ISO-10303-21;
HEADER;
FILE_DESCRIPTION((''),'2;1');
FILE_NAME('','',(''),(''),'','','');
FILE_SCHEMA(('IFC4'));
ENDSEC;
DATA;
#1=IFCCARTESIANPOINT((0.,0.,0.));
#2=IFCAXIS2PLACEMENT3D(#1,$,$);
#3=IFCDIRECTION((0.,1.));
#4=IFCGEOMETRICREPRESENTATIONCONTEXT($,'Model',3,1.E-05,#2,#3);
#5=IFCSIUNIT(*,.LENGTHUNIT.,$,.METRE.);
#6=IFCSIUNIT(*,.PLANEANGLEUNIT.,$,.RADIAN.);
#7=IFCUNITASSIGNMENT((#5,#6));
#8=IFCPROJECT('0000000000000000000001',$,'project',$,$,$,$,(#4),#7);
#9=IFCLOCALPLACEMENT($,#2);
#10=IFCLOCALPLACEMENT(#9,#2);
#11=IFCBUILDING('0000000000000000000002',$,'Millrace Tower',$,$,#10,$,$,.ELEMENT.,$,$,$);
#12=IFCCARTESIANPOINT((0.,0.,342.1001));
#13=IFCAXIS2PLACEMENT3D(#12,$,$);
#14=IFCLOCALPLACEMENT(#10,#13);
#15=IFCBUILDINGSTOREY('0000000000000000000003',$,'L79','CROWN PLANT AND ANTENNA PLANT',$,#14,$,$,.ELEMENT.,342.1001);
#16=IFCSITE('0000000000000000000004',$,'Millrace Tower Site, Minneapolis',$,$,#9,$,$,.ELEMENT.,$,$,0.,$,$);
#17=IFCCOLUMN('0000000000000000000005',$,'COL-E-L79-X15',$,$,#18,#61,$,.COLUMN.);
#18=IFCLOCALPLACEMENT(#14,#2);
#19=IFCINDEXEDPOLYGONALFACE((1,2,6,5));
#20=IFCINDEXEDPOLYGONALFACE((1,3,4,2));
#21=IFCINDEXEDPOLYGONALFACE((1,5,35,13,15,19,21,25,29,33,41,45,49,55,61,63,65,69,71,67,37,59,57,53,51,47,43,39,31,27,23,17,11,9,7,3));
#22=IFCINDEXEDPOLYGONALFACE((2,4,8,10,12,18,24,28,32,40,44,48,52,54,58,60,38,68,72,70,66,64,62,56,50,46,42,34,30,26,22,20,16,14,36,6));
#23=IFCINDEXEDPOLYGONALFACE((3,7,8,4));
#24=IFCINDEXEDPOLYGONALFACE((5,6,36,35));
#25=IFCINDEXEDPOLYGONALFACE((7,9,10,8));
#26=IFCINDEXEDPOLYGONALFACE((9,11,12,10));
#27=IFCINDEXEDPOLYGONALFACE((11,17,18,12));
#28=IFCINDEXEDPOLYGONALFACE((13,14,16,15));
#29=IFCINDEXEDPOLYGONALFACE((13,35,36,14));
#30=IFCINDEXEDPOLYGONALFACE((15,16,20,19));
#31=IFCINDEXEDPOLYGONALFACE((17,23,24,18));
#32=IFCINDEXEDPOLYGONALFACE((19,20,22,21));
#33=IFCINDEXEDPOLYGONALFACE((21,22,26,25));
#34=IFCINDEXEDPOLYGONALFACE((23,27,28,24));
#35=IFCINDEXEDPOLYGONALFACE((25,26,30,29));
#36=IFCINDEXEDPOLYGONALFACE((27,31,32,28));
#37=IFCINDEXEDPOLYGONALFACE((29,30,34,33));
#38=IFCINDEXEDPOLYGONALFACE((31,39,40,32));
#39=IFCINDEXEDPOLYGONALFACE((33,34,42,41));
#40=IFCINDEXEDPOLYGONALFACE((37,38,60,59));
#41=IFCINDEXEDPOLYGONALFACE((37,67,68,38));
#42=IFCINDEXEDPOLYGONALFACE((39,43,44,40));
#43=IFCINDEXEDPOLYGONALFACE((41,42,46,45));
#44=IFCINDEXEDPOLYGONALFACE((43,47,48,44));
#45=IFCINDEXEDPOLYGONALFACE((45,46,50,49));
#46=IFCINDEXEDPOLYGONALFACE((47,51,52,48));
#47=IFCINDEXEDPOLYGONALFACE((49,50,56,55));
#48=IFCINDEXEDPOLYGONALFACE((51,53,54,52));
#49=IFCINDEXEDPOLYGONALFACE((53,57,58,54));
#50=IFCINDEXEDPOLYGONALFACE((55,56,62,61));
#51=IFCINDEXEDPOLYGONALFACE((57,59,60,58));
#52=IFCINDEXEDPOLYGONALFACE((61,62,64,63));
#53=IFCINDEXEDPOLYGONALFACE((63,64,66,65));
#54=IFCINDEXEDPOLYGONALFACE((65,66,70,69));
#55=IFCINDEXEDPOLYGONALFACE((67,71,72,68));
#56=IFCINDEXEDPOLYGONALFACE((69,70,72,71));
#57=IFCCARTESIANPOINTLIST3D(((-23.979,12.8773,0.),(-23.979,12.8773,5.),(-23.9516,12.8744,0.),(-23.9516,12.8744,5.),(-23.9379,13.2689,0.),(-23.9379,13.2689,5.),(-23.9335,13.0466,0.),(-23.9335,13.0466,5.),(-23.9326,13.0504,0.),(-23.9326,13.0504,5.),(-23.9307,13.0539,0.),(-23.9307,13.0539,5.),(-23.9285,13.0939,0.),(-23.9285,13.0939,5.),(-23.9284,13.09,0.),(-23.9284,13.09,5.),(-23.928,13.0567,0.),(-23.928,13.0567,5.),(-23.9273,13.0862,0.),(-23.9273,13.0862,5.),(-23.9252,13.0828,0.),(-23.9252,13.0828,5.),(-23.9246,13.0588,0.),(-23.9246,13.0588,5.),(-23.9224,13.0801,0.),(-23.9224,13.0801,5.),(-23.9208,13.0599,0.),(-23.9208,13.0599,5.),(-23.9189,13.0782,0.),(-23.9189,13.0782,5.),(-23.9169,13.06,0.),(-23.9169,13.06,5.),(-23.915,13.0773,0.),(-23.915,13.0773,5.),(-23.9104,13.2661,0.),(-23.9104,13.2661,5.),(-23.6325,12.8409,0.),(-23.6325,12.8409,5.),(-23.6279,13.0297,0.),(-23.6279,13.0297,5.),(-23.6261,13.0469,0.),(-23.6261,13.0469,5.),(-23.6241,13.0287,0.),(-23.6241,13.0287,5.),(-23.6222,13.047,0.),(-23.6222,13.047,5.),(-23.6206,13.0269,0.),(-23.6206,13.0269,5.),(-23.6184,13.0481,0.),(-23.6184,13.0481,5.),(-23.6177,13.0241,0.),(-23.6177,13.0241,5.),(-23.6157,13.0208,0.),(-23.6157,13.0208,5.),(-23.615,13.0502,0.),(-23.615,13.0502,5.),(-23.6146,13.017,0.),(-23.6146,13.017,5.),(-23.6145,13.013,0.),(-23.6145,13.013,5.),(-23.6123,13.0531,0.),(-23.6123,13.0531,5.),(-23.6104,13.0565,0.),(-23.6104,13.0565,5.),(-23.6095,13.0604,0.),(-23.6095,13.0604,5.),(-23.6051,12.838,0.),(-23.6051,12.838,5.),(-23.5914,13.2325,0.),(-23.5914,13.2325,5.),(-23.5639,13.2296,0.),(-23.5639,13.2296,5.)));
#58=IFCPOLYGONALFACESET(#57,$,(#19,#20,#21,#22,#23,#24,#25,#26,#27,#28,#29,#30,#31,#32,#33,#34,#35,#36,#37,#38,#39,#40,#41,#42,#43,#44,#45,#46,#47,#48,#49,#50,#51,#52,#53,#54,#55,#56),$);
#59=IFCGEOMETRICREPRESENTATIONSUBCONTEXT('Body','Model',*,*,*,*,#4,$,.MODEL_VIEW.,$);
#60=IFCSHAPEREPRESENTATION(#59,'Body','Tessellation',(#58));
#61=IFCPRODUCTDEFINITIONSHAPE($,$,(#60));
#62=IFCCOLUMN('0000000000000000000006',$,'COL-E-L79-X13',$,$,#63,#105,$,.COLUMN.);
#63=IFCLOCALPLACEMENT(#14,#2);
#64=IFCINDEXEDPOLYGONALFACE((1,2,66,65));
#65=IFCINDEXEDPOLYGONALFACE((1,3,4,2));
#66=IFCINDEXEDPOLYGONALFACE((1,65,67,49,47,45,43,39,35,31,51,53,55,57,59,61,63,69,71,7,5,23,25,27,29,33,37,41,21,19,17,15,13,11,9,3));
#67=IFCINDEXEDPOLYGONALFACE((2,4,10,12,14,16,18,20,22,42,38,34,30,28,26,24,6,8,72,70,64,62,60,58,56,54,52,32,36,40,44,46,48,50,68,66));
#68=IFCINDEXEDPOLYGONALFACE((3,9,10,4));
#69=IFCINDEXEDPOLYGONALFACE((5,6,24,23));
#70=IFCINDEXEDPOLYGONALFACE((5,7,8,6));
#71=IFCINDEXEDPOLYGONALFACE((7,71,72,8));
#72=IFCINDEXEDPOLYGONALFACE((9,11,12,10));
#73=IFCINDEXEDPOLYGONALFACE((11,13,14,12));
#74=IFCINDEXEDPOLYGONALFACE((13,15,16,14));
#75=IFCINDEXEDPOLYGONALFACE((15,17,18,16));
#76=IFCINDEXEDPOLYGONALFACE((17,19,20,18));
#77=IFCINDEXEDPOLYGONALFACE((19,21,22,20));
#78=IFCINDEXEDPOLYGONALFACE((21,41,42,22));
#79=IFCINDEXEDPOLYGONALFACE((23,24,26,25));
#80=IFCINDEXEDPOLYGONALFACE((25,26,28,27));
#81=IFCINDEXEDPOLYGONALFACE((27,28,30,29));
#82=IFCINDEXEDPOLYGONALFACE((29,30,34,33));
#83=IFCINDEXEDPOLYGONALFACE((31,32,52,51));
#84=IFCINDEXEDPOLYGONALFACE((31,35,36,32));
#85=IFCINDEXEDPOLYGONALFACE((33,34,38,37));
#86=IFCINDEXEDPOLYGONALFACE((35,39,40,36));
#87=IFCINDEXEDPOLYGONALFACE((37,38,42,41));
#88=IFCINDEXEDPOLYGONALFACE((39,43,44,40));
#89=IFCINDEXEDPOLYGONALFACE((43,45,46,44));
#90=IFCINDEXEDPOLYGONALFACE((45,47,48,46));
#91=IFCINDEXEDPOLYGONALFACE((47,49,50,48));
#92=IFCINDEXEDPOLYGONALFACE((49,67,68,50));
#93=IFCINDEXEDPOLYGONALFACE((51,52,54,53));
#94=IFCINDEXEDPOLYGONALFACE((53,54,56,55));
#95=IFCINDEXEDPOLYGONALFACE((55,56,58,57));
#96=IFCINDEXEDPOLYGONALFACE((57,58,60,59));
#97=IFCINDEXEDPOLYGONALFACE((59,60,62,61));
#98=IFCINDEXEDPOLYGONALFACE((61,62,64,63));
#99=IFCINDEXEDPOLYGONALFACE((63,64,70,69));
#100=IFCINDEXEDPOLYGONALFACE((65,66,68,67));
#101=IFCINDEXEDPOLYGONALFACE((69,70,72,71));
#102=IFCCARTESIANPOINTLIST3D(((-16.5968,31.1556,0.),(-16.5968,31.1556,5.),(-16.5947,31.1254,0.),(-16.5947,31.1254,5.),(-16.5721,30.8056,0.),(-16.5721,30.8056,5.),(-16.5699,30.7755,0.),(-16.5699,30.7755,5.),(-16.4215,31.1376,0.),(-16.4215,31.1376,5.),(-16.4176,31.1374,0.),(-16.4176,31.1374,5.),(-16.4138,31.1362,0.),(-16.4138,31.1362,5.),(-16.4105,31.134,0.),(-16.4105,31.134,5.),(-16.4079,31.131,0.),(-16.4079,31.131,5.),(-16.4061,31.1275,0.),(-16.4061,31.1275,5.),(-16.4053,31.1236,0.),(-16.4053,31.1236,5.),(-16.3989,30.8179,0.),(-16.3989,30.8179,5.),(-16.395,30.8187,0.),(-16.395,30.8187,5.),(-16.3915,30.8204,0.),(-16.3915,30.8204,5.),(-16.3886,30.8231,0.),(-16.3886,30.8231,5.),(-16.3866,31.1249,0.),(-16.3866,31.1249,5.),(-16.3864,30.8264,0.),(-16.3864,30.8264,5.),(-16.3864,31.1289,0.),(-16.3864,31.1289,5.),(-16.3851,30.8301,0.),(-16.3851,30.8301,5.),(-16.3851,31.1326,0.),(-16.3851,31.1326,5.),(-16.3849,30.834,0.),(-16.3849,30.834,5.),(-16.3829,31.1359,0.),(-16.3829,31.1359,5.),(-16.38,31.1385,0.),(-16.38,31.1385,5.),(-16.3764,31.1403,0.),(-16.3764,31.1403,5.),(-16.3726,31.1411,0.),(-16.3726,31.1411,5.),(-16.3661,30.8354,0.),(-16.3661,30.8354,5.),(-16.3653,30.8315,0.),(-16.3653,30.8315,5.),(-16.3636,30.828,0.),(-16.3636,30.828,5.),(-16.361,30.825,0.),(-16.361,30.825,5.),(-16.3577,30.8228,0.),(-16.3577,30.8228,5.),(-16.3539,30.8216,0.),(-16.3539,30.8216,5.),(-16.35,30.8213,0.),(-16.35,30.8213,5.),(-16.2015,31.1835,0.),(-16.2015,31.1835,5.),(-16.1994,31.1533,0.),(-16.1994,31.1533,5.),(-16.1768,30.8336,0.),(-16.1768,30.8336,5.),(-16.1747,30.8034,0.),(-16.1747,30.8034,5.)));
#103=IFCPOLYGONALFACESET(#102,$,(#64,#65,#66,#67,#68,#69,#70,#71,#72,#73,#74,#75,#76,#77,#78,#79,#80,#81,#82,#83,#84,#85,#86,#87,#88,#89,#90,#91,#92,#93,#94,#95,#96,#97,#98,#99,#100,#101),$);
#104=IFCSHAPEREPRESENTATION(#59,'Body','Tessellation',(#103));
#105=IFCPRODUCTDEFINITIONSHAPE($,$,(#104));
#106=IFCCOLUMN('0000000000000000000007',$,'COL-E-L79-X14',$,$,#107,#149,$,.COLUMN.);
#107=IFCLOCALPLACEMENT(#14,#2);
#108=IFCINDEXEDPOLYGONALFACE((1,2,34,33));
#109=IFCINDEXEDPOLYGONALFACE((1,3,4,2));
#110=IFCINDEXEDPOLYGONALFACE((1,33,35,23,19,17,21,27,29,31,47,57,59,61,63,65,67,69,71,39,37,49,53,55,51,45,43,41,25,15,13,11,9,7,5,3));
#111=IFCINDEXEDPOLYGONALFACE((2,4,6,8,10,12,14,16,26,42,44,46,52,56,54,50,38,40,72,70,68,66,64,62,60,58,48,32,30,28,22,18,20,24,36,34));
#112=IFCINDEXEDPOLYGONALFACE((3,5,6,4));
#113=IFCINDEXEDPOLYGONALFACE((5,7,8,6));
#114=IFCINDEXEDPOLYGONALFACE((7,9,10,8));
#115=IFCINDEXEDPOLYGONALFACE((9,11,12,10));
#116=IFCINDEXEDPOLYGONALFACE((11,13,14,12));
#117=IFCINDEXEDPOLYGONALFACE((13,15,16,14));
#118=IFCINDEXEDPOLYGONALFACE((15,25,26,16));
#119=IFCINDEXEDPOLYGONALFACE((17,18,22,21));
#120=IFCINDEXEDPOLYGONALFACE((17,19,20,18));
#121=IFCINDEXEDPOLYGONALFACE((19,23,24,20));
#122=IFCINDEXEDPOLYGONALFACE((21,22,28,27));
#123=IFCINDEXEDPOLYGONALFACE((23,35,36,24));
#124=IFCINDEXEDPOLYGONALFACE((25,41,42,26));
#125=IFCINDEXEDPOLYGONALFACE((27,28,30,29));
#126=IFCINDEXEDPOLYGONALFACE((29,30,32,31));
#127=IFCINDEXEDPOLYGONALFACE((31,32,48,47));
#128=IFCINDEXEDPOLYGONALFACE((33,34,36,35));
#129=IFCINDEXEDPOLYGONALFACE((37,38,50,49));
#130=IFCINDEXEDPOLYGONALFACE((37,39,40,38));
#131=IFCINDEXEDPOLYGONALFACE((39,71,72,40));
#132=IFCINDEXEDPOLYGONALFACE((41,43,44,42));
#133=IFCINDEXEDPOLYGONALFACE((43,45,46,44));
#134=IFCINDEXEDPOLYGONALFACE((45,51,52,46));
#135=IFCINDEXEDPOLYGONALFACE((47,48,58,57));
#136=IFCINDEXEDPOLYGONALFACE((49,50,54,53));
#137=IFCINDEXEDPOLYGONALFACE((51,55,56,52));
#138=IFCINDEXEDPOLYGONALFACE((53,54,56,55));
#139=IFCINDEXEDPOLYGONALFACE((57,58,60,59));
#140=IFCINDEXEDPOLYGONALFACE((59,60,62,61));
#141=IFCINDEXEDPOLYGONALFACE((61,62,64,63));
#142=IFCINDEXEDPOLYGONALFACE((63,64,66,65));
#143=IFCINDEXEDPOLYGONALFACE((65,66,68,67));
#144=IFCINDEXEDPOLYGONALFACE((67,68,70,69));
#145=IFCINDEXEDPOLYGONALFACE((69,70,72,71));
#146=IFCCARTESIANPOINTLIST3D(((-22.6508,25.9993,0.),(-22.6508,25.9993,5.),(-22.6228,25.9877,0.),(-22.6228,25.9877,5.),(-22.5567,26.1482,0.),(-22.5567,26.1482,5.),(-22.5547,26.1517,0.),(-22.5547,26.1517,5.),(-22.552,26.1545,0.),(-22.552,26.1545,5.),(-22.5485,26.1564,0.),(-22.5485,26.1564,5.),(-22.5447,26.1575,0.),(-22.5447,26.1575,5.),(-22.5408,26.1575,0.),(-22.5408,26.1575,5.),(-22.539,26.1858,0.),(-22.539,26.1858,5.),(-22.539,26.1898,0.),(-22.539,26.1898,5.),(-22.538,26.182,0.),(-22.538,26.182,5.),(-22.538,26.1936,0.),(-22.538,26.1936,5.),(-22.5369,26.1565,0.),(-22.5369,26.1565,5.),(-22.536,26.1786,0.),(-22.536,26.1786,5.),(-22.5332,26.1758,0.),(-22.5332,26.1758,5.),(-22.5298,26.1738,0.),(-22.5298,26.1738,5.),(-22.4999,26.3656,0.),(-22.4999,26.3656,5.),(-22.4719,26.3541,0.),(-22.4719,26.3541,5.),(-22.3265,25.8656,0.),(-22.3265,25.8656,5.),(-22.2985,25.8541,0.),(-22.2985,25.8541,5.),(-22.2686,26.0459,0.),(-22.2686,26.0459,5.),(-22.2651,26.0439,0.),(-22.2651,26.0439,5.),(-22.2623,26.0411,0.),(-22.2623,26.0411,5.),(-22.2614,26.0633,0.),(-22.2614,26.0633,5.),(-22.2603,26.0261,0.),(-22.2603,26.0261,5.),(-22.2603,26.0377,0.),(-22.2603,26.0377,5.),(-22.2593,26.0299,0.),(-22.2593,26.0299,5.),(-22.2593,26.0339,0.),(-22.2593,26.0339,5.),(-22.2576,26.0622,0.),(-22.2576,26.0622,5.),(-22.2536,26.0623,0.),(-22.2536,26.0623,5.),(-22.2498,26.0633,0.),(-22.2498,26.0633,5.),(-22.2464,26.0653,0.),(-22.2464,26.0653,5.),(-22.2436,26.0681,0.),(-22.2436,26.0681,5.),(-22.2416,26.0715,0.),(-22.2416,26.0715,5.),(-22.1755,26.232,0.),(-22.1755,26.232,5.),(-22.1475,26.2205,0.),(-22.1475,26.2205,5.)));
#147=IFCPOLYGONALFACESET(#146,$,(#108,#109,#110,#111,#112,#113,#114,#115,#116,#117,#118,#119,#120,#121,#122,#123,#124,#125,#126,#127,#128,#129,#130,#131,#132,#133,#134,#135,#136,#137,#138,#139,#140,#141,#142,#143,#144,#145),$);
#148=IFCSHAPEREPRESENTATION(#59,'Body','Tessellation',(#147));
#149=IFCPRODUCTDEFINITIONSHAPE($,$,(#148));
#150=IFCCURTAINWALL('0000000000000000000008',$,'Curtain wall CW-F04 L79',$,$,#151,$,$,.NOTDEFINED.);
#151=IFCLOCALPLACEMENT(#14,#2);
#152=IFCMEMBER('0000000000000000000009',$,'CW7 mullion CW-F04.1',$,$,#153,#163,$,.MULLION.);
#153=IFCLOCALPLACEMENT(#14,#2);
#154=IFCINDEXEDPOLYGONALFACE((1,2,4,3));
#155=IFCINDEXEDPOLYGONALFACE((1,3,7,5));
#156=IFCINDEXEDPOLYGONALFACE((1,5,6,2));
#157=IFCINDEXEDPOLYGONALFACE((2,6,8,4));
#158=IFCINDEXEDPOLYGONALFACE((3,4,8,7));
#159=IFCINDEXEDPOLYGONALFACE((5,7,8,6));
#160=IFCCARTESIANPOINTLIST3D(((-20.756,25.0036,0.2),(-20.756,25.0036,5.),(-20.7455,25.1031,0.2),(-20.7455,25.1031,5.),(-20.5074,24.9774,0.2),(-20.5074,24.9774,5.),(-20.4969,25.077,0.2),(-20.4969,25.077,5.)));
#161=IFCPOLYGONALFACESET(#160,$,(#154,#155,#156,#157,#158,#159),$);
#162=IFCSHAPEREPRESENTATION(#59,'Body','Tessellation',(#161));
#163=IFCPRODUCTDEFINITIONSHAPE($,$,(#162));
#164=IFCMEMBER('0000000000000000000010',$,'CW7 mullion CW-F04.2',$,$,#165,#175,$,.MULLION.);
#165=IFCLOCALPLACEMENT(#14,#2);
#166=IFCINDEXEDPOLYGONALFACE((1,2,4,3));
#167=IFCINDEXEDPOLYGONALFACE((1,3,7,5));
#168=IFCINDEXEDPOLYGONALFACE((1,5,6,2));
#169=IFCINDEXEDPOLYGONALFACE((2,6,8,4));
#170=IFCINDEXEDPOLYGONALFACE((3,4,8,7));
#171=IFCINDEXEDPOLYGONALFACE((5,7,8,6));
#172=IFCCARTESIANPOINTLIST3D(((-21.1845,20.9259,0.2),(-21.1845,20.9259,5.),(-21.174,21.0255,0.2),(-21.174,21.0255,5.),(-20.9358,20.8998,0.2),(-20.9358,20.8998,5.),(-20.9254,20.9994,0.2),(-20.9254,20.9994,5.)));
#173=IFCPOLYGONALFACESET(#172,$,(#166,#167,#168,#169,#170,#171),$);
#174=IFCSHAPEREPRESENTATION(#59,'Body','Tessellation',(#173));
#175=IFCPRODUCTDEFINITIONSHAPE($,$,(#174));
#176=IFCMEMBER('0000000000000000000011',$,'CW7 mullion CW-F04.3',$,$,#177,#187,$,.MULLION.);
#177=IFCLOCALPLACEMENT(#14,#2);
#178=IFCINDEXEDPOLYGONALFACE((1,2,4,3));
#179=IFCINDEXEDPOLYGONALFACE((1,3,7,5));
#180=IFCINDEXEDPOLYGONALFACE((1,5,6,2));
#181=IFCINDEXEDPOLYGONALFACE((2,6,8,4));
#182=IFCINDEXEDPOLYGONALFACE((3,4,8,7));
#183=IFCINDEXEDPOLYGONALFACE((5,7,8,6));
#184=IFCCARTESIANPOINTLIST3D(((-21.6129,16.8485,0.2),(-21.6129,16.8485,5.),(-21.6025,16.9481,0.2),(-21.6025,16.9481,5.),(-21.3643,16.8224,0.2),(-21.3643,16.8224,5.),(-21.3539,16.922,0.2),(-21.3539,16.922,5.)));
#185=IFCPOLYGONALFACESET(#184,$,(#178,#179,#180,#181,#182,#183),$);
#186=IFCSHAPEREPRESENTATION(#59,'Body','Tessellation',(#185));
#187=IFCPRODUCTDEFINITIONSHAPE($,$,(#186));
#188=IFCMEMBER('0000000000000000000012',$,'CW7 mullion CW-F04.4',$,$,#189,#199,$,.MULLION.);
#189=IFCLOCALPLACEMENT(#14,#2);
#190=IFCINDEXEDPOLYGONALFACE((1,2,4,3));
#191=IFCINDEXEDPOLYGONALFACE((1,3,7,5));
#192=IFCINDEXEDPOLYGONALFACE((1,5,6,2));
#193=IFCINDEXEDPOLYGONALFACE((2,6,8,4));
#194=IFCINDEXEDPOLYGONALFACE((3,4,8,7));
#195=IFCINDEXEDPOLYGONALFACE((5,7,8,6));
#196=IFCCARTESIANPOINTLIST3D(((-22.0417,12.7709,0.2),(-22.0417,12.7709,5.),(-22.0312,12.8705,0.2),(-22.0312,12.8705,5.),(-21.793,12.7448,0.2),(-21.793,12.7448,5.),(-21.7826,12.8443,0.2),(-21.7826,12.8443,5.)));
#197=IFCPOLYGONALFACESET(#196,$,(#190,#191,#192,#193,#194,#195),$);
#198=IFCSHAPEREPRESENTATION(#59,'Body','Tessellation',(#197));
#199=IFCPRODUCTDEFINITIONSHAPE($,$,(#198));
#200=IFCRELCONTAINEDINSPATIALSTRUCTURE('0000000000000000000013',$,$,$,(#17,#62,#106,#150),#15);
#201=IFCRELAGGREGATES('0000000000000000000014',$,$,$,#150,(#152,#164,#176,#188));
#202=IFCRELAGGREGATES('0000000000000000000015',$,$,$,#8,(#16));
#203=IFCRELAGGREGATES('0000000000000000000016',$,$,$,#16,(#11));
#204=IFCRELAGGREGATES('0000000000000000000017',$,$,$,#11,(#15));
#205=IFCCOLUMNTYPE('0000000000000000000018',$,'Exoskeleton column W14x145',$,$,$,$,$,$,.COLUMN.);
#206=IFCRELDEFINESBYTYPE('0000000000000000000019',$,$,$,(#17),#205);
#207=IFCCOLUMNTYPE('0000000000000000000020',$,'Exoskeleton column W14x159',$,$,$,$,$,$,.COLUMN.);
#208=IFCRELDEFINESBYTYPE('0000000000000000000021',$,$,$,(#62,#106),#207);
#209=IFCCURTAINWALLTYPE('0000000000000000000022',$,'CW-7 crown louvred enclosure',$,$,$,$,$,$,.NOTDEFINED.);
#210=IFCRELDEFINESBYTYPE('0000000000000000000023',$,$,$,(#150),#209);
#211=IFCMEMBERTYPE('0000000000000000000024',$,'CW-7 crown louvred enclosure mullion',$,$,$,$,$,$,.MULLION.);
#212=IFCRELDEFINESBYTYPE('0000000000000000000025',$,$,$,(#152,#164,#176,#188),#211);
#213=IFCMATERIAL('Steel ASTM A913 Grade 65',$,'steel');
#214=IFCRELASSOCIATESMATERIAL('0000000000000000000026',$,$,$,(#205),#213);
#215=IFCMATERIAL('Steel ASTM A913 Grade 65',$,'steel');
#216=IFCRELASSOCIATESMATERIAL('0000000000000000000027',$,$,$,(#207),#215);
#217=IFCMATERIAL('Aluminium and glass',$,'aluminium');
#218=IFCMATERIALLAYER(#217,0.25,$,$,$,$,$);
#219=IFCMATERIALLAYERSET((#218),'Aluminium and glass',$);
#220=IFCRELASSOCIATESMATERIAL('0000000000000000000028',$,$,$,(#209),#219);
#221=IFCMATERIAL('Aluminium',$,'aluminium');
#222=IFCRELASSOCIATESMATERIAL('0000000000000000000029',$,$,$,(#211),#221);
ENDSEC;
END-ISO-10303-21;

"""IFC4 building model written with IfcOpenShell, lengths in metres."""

from ifc_helpers import new_model, si_unit, direction, frame, origin, origin_2d, place, context, subcontext, project, spatial, rectangle, i_section, extrude, material, layer, layer_set, material_profile, profile_set, type_object, element, aggregate, save


model = new_model("IFC4")

# Units and contexts
model_context = context("Model", 3, precision=1e-05, world=origin(), true_north=direction((0.0, 1.0)))
body_context = subcontext(model_context, "Body", "Model", "MODEL_VIEW")
ifc_project = project(units=[si_unit("LENGTHUNIT", "METRE"), si_unit("PLANEANGLEUNIT", "RADIAN")], contexts=[model_context])

# Site, building, storey
site_placement = place(None, origin())
site = spatial("IfcSite", under=ifc_project, at=site_placement, Name="Millrace Tower Site, Minneapolis", CompositionType="ELEMENT", RefElevation=0.0)
building_placement = place(site_placement, origin())
building = spatial("IfcBuilding", under=site, at=building_placement, Name="Millrace Tower", CompositionType="ELEMENT")
storey_placement = place(building_placement, frame((0.0, 0.0, 342.1001)))
storey = spatial("IfcBuildingStorey", under=building, at=storey_placement, Name="L79", Description="CROWN PLANT AND ANTENNA PLANT", CompositionType="ELEMENT", Elevation=342.1001)

# Columns
ifc_material_1 = material(Name="Steel ASTM A913 Grade 65", Category="steel")
ifc_material_profile_1 = material_profile(ifc_material_1, i_section(OverallWidth=0.3938, OverallDepth=0.376, WebThickness=0.0173, FlangeThickness=0.0276, FilletRadius=0.0151, at=origin_2d()))
ifc_profile_set_1 = profile_set([ifc_material_profile_1], Name="Steel ASTM A913 Grade 65")
column_type_1 = type_object("IfcColumnType", Name="Exoskeleton column W14x145", PredefinedType="COLUMN", material=ifc_profile_set_1)
column_placement = place(storey_placement, frame((-23.7715, 13.0535, 0.0), z_axis=(0.0, 0.0, 1.0), x_axis=(-0.104528, -0.994522, 0.0)))
element("IfcColumn", 1, at=column_placement, inside=storey, type_object=column_type_1, Name="COL-E-L79-X15", PredefinedType="COLUMN", context=body_context, shape_type="SweptSolid", body=[
    extrude(i_section(OverallWidth=0.3938, OverallDepth=0.376, WebThickness=0.0173, FlangeThickness=0.0276, FilletRadius=0.0151, at=origin_2d()), origin(), (0.0, 0.0, 1.0), 5.0),
])
ifc_material_2 = material(Name="Steel ASTM A913 Grade 65", Category="steel")
ifc_material_profile_2 = material_profile(ifc_material_2, i_section(OverallWidth=0.3962, OverallDepth=0.3811, WebThickness=0.0188, FlangeThickness=0.0303, FilletRadius=0.0151, at=origin_2d()))
ifc_profile_set_2 = profile_set([ifc_material_profile_2], Name="Steel ASTM A913 Grade 65")
column_type_2 = type_object("IfcColumnType", Name="Exoskeleton column W14x159", PredefinedType="COLUMN", material=ifc_profile_set_2)
for number, where, z_axis, x_axis, name in (
    (2, (-16.3857, 30.9795, 0.0), (0.0, 0.0, 1.0), (-0.997513, -0.070479, 0.0), "COL-E-L79-X13"),
    (3, (-22.3992, 26.1099, 0.0), (0.0, 0.0, 1.0), (-0.380947, -0.924597, 0.0), "COL-E-L79-X14"),
):
    element("IfcColumn", number, at=place(storey_placement, frame(where, z_axis=z_axis, x_axis=x_axis)), inside=storey, type_object=column_type_2, Name=name, PredefinedType="COLUMN", context=body_context, shape_type="SweptSolid", body=[
        extrude(i_section(OverallWidth=0.3962, OverallDepth=0.3811, WebThickness=0.0188, FlangeThickness=0.0303, FilletRadius=0.0151, at=origin_2d()), origin(), (0.0, 0.0, 1.0), 5.0),
    ])

# Curtain wall, members
ifc_material_3 = material(Name="Aluminium and glass", Category="aluminium")
ifc_layer_1 = layer(ifc_material_3, 0.25)
ifc_layer_set_1 = layer_set([ifc_layer_1], Name="Aluminium and glass")
curtain_wall_type = type_object("IfcCurtainWallType", Name="CW-7 crown louvred enclosure", PredefinedType="NOTDEFINED", material=ifc_layer_set_1)
curtain_wall_placement = place(storey_placement, origin())
curtain_wall = element("IfcCurtainWall", 4, at=curtain_wall_placement, inside=storey, type_object=curtain_wall_type, Name="Curtain wall CW-F04 L79", PredefinedType="NOTDEFINED")
ifc_material_4 = material(Name="Aluminium", Category="aluminium")
ifc_material_profile_3 = material_profile(ifc_material_4, rectangle(XDim=0.1001, YDim=0.25, at=origin_2d()))
ifc_profile_set_3 = profile_set([ifc_material_profile_3], Name="Aluminium")
member_type_1 = type_object("IfcMemberType", Name="CW-7 crown louvred enclosure mullion", PredefinedType="MULLION", material=ifc_profile_set_3)
member_1_placement = place(storey_placement, frame((-20.6265, 25.0403, 0.2), z_axis=(0.0, 0.0, 1.0), x_axis=(-0.104528, -0.994522, 0.0)))
member_1 = element("IfcMember", 5, at=member_1_placement, type_object=member_type_1, Name="CW7 mullion CW-F04.1", PredefinedType="MULLION", context=body_context, shape_type="SweptSolid", body=[
    extrude(rectangle(XDim=0.1001, YDim=0.25, at=origin_2d()), origin(), (0.0, 0.0, 1.0), 4.8),
])
member_2_placement = place(storey_placement, frame((-21.0549, 20.9626, 0.2), z_axis=(0.0, 0.0, 1.0), x_axis=(-0.104528, -0.994522, 0.0)))
member_2 = element("IfcMember", 6, at=member_2_placement, type_object=member_type_1, Name="CW7 mullion CW-F04.2", PredefinedType="MULLION", context=body_context, shape_type="SweptSolid", body=[
    extrude(rectangle(XDim=0.1001, YDim=0.25, at=origin_2d()), origin(), (0.0, 0.0, 1.0), 4.8),
])
member_3_placement = place(storey_placement, frame((-21.4834, 16.8853, 0.2), z_axis=(0.0, 0.0, 1.0), x_axis=(-0.104528, -0.994522, 0.0)))
member_3 = element("IfcMember", 7, at=member_3_placement, type_object=member_type_1, Name="CW7 mullion CW-F04.3", PredefinedType="MULLION", context=body_context, shape_type="SweptSolid", body=[
    extrude(rectangle(XDim=0.1001, YDim=0.25, at=origin_2d()), origin(), (0.0, 0.0, 1.0), 4.8),
])
member_4_placement = place(storey_placement, frame((-21.9121, 12.8076, 0.2), z_axis=(0.0, 0.0, 1.0), x_axis=(-0.104528, -0.994522, 0.0)))
member_4 = element("IfcMember", 8, at=member_4_placement, type_object=member_type_1, Name="CW7 mullion CW-F04.4", PredefinedType="MULLION", context=body_context, shape_type="SweptSolid", body=[
    extrude(rectangle(XDim=0.1001, YDim=0.25, at=origin_2d()), origin(), (0.0, 0.0, 1.0), 4.8),
])
aggregate(curtain_wall, [member_1, member_2, member_3, member_4])

save(model, "model.ifc")
